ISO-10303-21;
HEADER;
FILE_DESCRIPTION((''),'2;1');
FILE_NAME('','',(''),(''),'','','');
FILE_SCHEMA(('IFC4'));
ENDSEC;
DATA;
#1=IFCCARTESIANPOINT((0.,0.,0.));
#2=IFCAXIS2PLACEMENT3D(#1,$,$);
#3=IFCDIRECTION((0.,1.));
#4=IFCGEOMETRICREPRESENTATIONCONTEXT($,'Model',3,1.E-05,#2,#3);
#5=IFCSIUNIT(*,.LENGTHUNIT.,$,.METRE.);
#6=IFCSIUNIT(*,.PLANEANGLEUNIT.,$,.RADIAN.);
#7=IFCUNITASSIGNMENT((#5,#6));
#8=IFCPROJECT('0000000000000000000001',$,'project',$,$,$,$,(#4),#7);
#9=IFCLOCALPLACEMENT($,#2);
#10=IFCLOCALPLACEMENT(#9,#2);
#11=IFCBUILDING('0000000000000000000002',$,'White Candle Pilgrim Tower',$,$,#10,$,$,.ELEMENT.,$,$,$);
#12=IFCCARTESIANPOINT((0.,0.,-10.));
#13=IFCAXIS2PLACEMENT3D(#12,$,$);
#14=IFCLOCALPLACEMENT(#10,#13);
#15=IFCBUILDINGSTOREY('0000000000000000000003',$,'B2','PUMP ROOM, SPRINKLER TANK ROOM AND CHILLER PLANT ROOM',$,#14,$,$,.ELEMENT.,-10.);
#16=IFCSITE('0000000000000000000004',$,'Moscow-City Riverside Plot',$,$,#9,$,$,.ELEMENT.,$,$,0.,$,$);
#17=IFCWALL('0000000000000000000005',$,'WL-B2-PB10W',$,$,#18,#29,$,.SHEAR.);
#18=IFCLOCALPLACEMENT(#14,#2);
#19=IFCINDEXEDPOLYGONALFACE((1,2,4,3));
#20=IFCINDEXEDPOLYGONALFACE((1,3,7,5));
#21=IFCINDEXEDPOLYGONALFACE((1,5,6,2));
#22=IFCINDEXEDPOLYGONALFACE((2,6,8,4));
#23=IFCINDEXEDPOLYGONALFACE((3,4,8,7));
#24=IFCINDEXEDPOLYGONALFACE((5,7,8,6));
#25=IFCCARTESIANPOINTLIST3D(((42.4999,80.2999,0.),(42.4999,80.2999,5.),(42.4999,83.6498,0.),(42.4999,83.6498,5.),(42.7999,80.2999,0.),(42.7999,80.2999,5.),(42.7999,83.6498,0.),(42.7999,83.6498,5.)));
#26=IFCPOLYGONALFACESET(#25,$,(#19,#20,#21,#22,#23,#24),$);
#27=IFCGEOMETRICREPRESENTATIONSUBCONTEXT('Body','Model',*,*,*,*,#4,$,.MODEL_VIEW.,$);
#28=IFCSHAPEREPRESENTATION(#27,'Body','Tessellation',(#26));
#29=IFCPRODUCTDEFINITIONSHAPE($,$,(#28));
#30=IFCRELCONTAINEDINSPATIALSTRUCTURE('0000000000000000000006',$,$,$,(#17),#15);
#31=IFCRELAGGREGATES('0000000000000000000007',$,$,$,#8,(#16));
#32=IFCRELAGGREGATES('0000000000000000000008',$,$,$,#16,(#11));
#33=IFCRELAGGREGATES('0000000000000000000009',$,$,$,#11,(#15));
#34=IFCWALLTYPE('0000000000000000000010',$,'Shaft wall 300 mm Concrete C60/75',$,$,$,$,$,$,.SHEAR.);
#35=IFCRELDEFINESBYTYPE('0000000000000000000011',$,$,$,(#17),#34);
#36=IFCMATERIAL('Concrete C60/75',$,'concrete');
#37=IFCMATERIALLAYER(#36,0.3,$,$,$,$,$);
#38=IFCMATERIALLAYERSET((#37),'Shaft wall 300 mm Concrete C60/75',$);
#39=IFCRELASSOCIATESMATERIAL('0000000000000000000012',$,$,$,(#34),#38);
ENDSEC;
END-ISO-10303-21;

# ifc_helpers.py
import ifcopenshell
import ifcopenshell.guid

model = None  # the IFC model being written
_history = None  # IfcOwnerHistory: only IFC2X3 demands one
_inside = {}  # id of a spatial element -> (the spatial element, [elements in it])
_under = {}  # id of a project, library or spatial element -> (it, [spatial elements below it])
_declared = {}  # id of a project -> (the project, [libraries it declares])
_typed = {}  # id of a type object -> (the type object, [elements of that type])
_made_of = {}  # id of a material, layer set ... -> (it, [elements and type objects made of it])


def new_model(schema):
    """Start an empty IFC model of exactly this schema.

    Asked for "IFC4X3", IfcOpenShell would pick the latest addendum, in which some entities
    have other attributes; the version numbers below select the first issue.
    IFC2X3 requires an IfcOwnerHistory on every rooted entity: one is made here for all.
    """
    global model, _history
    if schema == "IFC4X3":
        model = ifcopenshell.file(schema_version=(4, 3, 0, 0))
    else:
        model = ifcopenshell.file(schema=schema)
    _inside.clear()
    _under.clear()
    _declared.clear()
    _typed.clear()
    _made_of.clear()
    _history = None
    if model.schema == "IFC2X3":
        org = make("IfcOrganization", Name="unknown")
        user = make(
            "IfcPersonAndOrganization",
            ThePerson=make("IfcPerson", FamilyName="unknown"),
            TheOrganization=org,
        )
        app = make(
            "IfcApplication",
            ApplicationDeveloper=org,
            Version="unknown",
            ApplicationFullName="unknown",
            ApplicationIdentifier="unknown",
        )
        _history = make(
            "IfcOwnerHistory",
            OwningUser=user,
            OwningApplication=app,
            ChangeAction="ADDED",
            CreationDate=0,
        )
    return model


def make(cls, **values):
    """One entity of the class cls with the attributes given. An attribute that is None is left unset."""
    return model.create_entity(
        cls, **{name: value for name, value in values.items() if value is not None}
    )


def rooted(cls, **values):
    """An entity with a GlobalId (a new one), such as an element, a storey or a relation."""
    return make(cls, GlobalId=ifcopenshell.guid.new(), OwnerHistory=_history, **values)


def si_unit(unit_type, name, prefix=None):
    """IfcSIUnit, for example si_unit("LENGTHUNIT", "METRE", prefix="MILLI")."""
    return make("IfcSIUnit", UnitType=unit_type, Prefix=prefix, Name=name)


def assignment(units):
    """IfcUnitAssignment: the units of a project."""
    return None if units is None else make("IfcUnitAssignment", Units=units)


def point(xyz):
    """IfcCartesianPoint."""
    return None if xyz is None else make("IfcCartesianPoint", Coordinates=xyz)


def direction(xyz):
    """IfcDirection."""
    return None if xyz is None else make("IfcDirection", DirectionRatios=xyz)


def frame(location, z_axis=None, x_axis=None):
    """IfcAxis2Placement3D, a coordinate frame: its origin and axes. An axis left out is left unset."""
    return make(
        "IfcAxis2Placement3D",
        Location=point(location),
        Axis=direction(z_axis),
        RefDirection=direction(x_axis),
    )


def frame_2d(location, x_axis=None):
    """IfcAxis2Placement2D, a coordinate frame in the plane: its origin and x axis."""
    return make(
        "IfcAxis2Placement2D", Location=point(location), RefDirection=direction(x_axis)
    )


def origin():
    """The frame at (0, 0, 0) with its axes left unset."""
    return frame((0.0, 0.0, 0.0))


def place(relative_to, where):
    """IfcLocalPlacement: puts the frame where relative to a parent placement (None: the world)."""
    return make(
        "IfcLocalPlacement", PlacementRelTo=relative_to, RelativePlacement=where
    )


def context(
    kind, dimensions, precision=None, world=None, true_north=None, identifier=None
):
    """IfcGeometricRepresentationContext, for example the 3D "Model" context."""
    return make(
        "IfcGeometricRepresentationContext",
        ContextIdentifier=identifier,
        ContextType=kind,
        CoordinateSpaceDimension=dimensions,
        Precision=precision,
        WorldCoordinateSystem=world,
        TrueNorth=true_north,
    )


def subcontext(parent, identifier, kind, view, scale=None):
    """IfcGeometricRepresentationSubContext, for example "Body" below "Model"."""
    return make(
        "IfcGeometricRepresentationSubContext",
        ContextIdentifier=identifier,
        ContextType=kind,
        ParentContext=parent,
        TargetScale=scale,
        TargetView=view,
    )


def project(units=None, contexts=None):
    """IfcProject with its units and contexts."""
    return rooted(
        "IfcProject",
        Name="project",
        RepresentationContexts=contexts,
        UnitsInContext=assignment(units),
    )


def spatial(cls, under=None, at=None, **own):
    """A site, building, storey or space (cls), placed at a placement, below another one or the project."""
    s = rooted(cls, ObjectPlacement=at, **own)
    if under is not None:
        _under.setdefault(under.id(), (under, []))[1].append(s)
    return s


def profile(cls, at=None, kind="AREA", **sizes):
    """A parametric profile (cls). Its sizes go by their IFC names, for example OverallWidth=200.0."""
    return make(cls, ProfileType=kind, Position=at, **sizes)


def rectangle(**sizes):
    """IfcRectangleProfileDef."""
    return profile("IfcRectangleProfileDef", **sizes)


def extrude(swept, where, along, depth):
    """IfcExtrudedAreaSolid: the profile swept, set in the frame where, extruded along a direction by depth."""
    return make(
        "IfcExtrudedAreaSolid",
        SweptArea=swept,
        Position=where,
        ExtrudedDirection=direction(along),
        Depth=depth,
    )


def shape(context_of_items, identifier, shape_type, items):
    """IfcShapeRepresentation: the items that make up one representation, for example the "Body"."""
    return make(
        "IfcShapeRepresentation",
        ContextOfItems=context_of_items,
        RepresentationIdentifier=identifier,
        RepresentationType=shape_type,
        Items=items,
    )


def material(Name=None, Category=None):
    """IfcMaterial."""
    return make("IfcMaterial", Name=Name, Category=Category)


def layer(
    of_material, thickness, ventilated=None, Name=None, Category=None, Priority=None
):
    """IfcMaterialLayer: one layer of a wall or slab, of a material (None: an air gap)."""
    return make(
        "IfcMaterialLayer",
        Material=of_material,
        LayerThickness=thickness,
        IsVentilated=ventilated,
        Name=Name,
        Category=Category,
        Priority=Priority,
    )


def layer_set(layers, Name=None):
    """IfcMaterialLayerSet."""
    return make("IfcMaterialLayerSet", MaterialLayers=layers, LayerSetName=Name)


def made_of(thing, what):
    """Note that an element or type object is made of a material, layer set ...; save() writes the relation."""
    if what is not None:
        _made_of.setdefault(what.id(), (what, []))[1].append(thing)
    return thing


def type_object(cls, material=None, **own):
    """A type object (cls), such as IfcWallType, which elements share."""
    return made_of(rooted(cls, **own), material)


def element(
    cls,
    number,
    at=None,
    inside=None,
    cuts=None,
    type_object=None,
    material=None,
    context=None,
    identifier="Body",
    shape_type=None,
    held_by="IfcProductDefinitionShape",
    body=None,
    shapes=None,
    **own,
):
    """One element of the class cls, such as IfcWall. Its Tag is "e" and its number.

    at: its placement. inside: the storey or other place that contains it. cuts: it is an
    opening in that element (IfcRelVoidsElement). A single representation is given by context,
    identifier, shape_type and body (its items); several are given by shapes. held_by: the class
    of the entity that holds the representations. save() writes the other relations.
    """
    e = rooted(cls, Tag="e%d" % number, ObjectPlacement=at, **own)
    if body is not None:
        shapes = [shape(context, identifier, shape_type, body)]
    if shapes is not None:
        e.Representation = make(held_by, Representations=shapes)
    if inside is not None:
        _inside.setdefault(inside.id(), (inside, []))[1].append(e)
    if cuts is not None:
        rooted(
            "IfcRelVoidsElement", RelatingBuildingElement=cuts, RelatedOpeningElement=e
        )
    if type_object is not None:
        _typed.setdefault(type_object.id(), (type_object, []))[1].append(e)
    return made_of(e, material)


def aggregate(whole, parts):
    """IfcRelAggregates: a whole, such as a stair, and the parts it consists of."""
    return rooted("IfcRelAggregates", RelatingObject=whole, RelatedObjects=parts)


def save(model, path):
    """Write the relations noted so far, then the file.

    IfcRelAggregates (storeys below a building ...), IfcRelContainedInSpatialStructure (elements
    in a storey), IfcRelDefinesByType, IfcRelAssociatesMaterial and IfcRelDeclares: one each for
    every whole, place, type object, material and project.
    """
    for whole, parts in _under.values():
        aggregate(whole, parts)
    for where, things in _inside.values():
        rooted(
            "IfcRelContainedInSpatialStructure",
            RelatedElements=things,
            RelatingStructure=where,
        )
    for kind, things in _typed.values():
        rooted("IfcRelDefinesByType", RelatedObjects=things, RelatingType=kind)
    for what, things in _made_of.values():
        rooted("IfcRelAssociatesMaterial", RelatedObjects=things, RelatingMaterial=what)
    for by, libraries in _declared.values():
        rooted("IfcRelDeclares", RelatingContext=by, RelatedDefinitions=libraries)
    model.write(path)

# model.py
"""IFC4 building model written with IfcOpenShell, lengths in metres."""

from ifc_helpers import new_model, si_unit, direction, frame, frame_2d, origin, place, context, subcontext, project, spatial, rectangle, extrude, material, layer, layer_set, type_object, element, save


model = new_model("IFC4")

# Units and contexts
model_context = context("Model", 3, precision=1e-05, world=origin(), true_north=direction((0.0, 1.0)))
body_context = subcontext(model_context, "Body", "Model", "MODEL_VIEW")
ifc_project = project(units=[si_unit("LENGTHUNIT", "METRE"), si_unit("PLANEANGLEUNIT", "RADIAN")], contexts=[model_context])

# Site, building, storey
site_placement = place(None, origin())
site = spatial("IfcSite", under=ifc_project, at=site_placement, Name="Moscow-City Riverside Plot", CompositionType="ELEMENT", RefElevation=0.0)
building_placement = place(site_placement, origin())
building = spatial("IfcBuilding", under=site, at=building_placement, Name="White Candle Pilgrim Tower", CompositionType="ELEMENT")
storey_placement = place(building_placement, frame((0.0, 0.0, -10.0)))
storey = spatial("IfcBuildingStorey", under=building, at=storey_placement, Name="B2", Description="PUMP ROOM, SPRINKLER TANK ROOM AND CHILLER PLANT ROOM", CompositionType="ELEMENT", Elevation=-10.0)

# Wall
ifc_material_1 = material(Name="Concrete C60/75", Category="concrete")
ifc_layer_1 = layer(ifc_material_1, 0.3)
ifc_layer_set_1 = layer_set([ifc_layer_1], Name="Shaft wall 300 mm Concrete C60/75")
wall_type_1 = type_object("IfcWallType", Name="Shaft wall 300 mm Concrete C60/75", PredefinedType="SHEAR", material=ifc_layer_set_1)
wall_1_placement = place(storey_placement, frame((42.6499, 80.3, 0.0), z_axis=(0.0, 0.0, 1.0), x_axis=(0.0, 1.0, 0.0)))
element("IfcWall", 1, at=wall_1_placement, inside=storey, type_object=wall_type_1, Name="WL-B2-PB10W", PredefinedType="SHEAR", context=body_context, shape_type="SweptSolid", body=[
    extrude(rectangle(XDim=3.3499, YDim=0.3, at=frame_2d((1.6748, 0.0))), origin(), (0.0, 0.0, 1.0), 5.0),
])

save(model, "model.ifc")
